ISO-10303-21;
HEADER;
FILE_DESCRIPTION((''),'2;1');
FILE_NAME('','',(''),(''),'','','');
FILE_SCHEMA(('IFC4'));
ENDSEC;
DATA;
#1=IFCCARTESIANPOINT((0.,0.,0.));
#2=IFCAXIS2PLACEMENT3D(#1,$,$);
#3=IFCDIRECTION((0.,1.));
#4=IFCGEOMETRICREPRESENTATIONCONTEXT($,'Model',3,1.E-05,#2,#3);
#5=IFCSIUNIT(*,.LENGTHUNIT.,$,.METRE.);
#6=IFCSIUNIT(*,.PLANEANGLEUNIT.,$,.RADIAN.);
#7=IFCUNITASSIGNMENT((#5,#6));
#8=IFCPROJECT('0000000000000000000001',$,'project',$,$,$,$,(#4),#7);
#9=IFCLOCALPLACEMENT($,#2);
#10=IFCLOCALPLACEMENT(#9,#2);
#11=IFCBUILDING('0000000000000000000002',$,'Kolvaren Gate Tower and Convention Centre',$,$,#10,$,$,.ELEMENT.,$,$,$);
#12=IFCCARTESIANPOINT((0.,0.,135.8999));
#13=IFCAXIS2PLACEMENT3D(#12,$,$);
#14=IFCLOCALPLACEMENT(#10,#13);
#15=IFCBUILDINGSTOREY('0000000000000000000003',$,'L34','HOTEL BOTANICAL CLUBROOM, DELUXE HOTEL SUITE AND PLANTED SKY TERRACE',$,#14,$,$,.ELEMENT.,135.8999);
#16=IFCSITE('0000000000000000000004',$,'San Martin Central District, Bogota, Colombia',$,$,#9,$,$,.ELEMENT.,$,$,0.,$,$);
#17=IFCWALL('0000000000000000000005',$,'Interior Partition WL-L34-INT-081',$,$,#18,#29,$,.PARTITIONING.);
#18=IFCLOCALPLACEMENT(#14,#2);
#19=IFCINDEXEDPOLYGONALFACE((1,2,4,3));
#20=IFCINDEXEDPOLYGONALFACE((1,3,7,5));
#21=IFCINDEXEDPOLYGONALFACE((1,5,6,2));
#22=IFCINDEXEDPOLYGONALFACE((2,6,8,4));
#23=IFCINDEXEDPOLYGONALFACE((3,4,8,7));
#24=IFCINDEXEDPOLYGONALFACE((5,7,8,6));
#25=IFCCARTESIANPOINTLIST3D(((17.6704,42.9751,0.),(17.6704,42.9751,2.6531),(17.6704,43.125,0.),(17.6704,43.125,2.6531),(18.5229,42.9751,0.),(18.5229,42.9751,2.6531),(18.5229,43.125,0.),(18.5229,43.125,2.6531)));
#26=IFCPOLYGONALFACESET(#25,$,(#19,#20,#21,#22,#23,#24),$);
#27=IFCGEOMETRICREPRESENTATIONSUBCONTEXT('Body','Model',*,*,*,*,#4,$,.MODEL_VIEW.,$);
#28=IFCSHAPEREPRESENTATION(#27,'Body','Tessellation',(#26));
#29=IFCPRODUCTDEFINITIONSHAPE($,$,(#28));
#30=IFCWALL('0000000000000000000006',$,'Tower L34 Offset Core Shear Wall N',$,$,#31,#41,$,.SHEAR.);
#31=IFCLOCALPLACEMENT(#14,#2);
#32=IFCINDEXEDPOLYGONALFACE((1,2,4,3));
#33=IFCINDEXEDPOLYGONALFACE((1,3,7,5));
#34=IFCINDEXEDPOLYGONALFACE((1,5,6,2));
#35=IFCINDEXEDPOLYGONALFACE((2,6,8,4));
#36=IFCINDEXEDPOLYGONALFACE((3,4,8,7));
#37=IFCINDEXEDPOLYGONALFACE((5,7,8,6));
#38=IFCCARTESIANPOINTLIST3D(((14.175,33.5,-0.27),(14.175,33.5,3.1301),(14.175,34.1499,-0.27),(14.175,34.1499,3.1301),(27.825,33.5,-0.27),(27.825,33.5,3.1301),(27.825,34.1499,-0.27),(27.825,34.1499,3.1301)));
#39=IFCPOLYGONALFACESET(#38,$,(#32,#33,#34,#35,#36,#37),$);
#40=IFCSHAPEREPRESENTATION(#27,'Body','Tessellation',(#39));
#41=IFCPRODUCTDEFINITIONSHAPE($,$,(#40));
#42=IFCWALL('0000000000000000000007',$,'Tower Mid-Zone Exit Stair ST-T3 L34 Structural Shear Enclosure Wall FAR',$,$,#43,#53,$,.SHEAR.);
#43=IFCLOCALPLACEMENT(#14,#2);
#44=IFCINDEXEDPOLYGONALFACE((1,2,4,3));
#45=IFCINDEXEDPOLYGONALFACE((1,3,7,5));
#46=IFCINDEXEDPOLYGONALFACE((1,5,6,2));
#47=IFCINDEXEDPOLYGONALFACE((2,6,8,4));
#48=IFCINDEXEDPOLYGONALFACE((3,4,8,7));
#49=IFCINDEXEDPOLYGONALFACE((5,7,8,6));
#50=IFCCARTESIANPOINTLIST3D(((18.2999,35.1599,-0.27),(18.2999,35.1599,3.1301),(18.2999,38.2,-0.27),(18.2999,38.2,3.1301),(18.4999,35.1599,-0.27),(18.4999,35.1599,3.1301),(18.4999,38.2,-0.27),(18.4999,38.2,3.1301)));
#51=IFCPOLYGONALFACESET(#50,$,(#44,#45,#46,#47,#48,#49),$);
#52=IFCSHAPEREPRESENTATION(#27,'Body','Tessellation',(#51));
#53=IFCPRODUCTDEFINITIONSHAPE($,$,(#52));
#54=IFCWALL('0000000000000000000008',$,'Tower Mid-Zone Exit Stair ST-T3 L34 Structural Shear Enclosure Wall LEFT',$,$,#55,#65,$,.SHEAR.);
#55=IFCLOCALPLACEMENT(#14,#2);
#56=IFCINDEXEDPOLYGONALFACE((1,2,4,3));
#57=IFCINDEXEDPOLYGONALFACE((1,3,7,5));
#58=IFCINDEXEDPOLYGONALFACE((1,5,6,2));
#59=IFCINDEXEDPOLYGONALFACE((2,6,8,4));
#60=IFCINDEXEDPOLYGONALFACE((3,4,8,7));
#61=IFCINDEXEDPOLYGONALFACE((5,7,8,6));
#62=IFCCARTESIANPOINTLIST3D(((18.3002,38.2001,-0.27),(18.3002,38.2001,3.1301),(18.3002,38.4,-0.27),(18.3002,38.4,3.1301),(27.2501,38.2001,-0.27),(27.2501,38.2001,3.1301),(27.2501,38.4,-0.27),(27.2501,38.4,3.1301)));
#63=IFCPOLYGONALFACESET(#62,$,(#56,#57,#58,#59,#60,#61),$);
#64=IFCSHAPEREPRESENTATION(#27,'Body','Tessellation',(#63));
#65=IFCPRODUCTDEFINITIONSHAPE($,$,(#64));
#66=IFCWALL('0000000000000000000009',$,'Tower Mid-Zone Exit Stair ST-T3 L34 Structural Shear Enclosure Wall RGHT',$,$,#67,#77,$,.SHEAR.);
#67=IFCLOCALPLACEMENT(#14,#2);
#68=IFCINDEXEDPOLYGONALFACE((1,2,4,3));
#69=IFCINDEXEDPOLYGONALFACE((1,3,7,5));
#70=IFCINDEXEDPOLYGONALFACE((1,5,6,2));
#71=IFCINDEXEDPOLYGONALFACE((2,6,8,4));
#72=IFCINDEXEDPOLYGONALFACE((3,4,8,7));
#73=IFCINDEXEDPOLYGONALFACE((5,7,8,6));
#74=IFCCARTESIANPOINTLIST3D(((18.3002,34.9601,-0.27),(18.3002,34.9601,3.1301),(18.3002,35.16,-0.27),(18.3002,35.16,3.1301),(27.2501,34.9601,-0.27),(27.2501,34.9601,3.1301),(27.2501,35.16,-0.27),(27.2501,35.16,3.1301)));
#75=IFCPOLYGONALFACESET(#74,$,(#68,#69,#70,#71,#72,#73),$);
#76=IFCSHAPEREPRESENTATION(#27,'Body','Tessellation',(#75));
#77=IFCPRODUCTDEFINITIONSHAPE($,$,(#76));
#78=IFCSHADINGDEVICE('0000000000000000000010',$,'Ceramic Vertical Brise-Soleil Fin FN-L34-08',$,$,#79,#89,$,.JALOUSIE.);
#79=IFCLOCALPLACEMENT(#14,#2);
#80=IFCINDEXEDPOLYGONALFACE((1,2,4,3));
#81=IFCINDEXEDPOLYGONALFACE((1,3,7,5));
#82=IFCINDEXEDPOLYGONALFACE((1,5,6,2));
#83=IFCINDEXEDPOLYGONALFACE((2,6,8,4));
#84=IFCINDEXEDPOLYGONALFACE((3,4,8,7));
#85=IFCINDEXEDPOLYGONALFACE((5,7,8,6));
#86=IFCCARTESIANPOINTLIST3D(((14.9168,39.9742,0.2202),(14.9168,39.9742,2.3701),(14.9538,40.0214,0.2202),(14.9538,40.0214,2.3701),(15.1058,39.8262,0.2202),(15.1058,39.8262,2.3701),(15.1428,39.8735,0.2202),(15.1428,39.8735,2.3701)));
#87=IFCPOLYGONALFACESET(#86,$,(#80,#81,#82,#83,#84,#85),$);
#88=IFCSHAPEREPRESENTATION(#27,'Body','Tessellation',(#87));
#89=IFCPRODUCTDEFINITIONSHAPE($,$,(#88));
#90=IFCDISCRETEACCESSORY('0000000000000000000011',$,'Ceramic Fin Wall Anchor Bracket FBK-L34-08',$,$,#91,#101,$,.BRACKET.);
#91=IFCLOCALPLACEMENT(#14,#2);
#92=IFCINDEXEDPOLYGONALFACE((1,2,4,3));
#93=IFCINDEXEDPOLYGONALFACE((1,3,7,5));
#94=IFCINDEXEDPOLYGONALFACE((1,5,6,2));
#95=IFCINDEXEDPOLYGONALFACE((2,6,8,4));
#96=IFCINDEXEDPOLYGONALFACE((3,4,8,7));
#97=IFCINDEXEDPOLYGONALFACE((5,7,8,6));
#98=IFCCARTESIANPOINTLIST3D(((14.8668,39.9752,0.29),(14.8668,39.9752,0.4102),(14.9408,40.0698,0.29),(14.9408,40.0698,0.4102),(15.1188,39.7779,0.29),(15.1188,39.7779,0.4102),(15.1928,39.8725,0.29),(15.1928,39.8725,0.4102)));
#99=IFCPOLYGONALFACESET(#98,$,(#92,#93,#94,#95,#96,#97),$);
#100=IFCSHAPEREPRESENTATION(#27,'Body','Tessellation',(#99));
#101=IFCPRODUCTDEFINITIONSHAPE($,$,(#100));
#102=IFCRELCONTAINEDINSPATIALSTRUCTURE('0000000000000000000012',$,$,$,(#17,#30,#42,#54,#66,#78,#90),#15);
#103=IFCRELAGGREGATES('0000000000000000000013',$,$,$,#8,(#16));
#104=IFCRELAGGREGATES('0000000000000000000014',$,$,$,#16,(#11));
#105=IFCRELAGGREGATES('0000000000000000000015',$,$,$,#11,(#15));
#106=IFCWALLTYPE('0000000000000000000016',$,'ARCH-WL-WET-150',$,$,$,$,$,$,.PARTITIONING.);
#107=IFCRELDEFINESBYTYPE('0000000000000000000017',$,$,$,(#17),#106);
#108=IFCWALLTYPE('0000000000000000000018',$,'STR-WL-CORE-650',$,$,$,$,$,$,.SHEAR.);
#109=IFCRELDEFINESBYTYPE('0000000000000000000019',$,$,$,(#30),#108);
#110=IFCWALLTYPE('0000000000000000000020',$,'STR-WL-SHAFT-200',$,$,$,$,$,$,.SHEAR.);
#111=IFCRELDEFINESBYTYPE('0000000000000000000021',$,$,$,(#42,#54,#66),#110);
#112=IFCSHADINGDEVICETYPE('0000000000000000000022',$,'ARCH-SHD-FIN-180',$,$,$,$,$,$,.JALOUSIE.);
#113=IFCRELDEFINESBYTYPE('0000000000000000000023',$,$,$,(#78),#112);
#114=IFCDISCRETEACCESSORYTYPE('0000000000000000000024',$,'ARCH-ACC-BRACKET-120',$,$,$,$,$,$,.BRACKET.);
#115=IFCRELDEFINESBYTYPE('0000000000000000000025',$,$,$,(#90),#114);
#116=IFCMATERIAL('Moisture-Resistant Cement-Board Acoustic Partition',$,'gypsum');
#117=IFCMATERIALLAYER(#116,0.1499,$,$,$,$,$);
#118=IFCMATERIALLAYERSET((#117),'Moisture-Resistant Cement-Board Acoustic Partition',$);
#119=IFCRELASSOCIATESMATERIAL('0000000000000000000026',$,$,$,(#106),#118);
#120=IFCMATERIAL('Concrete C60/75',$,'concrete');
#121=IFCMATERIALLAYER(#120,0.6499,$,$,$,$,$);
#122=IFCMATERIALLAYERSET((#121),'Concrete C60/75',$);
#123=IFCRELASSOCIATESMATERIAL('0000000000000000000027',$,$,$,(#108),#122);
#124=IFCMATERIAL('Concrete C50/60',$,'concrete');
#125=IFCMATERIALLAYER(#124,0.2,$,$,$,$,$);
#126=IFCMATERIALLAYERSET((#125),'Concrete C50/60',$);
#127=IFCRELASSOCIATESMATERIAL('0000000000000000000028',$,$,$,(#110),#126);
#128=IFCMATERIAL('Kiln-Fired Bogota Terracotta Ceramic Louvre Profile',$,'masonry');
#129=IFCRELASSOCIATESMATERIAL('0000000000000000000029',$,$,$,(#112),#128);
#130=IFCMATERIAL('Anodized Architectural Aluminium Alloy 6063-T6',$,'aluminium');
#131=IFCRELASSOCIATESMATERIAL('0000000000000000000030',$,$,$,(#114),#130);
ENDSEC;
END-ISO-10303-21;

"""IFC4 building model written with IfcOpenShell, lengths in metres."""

from ifc_helpers import new_model, si_unit, direction, frame, frame_2d, origin, origin_2d, place, context, subcontext, project, spatial, rectangle, extrude, material, layer, layer_set, type_object, element, save


model = new_model("IFC4")

# Units and contexts
model_context = context("Model", 3, precision=1e-05, world=origin(), true_north=direction((0.0, 1.0)))
body_context = subcontext(model_context, "Body", "Model", "MODEL_VIEW")
ifc_project = project(units=[si_unit("LENGTHUNIT", "METRE"), si_unit("PLANEANGLEUNIT", "RADIAN")], contexts=[model_context])

# Site, building, storey
site_placement = place(None, origin())
site = spatial("IfcSite", under=ifc_project, at=site_placement, Name="San Martin Central District, Bogota, Colombia", CompositionType="ELEMENT", RefElevation=0.0)
building_placement = place(site_placement, origin())
building = spatial("IfcBuilding", under=site, at=building_placement, Name="Kolvaren Gate Tower and Convention Centre", CompositionType="ELEMENT")
storey_placement = place(building_placement, frame((0.0, 0.0, 135.8999)))
storey = spatial("IfcBuildingStorey", under=building, at=storey_placement, Name="L34", Description="HOTEL BOTANICAL CLUBROOM, DELUXE HOTEL SUITE AND PLANTED SKY TERRACE", CompositionType="ELEMENT", Elevation=135.8999)

# Shared definitions
ifc_material_1 = material(Name="Concrete C60/75", Category="concrete")

# Shared definitions
ifc_material_2 = material(Name="Anodized Architectural Aluminium Alloy 6063-T6", Category="aluminium")

# Shared definitions
ifc_material_3 = material(Name="Moisture-Resistant Cement-Board Acoustic Partition", Category="gypsum")
ifc_layer_1 = layer(ifc_material_3, 0.1499)
ifc_layer_set_1 = layer_set([ifc_layer_1], Name="Moisture-Resistant Cement-Board Acoustic Partition")
wall_type_1 = type_object("IfcWallType", Name="ARCH-WL-WET-150", PredefinedType="PARTITIONING", material=ifc_layer_set_1)

# Walls
wall_1_placement = place(storey_placement, frame((17.6704, 43.05, 0.0), z_axis=(0.0, 0.0, 1.0), x_axis=(1.0, 0.0, 0.0)))
element("IfcWall", 1, at=wall_1_placement, inside=storey, type_object=wall_type_1, Name="Interior Partition WL-L34-INT-081", PredefinedType="PARTITIONING", context=body_context, shape_type="SweptSolid", body=[
    extrude(rectangle(XDim=0.8525, YDim=0.1499, at=frame_2d((0.4263, 0.0))), origin(), (0.0, 0.0, 1.0), 2.6531),
])
ifc_layer_2 = layer(ifc_material_1, 0.6499)
ifc_layer_set_2 = layer_set([ifc_layer_2], Name="Concrete C60/75")
wall_type_2 = type_object("IfcWallType", Name="STR-WL-CORE-650", PredefinedType="SHEAR", material=ifc_layer_set_2)
wall_2_placement = place(storey_placement, frame((14.175, 33.825, -0.27), z_axis=(0.0, 0.0, 1.0), x_axis=(1.0, 0.0, 0.0)))
element("IfcWall", 2, at=wall_2_placement, inside=storey, type_object=wall_type_2, Name="Tower L34 Offset Core Shear Wall N", PredefinedType="SHEAR", context=body_context, shape_type="SweptSolid", body=[
    extrude(rectangle(XDim=13.6499, YDim=0.6499, at=frame_2d((6.825, 0.0))), origin(), (0.0, 0.0, 1.0), 3.4001),
])
ifc_material_4 = material(Name="Concrete C50/60", Category="concrete")
ifc_layer_3 = layer(ifc_material_4, 0.2)
ifc_layer_set_3 = layer_set([ifc_layer_3], Name="Concrete C50/60")
wall_type_3 = type_object("IfcWallType", Name="STR-WL-SHAFT-200", PredefinedType="SHEAR", material=ifc_layer_set_3)
wall_3_placement = place(storey_placement, frame((18.3999, 35.1599, -0.27), z_axis=(0.0, 0.0, 1.0), x_axis=(0.0, 1.0, 0.0)))
element("IfcWall", 3, at=wall_3_placement, inside=storey, type_object=wall_type_3, Name="Tower Mid-Zone Exit Stair ST-T3 L34 Structural Shear Enclosure Wall FAR", PredefinedType="SHEAR", context=body_context, shape_type="SweptSolid", body=[
    extrude(rectangle(XDim=3.04, YDim=0.2, at=frame_2d((1.52, 0.0))), origin(), (0.0, 0.0, 1.0), 3.4001),
])
for number, where, z_axis, x_axis, name in (
    (4, (18.3, 38.3, -0.27), (0.0, 0.0, 1.0), (1.0, 0.0, 0.0), "Tower Mid-Zone Exit Stair ST-T3 L34 Structural Shear Enclosure Wall LEFT"),
    (5, (18.3, 35.0601, -0.27), (0.0, 0.0, 1.0), (1.0, 0.0, 0.0), "Tower Mid-Zone Exit Stair ST-T3 L34 Structural Shear Enclosure Wall RGHT"),
):
    element("IfcWall", number, at=place(storey_placement, frame(where, z_axis=z_axis, x_axis=x_axis)), inside=storey, type_object=wall_type_3, Name=name, PredefinedType="SHEAR", context=body_context, shape_type="SweptSolid", body=[
        extrude(rectangle(XDim=8.95, YDim=0.2, at=frame_2d((4.4751, 0.0))), origin(), (0.0, 0.0, 1.0), 3.4001),
    ])

# Shading device
ifc_material_5 = material(Name="Kiln-Fired Bogota Terracotta Ceramic Louvre Profile", Category="masonry")
shading_device_type = type_object("IfcShadingDeviceType", Name="ARCH-SHD-FIN-180", PredefinedType="JALOUSIE", material=ifc_material_5)
shading_device_placement = place(storey_placement, frame((15.0298, 39.9238, 0.2202), z_axis=(0.0, 0.0, 1.0), x_axis=(0.616435, 0.787405, 0.0)))
element("IfcShadingDevice", 6, at=shading_device_placement, inside=storey, type_object=shading_device_type, Name="Ceramic Vertical Brise-Soleil Fin FN-L34-08", PredefinedType="JALOUSIE", context=body_context, shape_type="SweptSolid", body=[
    extrude(rectangle(XDim=0.0601, YDim=0.24, at=origin_2d()), origin(), (0.0, 0.0, 1.0), 2.1499),
])

# Discrete accessory
discrete_accessory_type = type_object("IfcDiscreteAccessoryType", Name="ARCH-ACC-BRACKET-120", PredefinedType="BRACKET", material=ifc_material_2)
discrete_accessory_placement = place(storey_placement, frame((15.0298, 39.9238, 0.29), z_axis=(0.0, 0.0, 1.0), x_axis=(0.616435, 0.787405, 0.0)))
element("IfcDiscreteAccessory", 7, at=discrete_accessory_placement, inside=storey, type_object=discrete_accessory_type, Name="Ceramic Fin Wall Anchor Bracket FBK-L34-08", PredefinedType="BRACKET", context=body_context, shape_type="SweptSolid", body=[
    extrude(rectangle(XDim=0.1201, YDim=0.3201, at=origin_2d()), origin(), (0.0, 0.0, 1.0), 0.1201),
])

save(model, "model.ifc")
